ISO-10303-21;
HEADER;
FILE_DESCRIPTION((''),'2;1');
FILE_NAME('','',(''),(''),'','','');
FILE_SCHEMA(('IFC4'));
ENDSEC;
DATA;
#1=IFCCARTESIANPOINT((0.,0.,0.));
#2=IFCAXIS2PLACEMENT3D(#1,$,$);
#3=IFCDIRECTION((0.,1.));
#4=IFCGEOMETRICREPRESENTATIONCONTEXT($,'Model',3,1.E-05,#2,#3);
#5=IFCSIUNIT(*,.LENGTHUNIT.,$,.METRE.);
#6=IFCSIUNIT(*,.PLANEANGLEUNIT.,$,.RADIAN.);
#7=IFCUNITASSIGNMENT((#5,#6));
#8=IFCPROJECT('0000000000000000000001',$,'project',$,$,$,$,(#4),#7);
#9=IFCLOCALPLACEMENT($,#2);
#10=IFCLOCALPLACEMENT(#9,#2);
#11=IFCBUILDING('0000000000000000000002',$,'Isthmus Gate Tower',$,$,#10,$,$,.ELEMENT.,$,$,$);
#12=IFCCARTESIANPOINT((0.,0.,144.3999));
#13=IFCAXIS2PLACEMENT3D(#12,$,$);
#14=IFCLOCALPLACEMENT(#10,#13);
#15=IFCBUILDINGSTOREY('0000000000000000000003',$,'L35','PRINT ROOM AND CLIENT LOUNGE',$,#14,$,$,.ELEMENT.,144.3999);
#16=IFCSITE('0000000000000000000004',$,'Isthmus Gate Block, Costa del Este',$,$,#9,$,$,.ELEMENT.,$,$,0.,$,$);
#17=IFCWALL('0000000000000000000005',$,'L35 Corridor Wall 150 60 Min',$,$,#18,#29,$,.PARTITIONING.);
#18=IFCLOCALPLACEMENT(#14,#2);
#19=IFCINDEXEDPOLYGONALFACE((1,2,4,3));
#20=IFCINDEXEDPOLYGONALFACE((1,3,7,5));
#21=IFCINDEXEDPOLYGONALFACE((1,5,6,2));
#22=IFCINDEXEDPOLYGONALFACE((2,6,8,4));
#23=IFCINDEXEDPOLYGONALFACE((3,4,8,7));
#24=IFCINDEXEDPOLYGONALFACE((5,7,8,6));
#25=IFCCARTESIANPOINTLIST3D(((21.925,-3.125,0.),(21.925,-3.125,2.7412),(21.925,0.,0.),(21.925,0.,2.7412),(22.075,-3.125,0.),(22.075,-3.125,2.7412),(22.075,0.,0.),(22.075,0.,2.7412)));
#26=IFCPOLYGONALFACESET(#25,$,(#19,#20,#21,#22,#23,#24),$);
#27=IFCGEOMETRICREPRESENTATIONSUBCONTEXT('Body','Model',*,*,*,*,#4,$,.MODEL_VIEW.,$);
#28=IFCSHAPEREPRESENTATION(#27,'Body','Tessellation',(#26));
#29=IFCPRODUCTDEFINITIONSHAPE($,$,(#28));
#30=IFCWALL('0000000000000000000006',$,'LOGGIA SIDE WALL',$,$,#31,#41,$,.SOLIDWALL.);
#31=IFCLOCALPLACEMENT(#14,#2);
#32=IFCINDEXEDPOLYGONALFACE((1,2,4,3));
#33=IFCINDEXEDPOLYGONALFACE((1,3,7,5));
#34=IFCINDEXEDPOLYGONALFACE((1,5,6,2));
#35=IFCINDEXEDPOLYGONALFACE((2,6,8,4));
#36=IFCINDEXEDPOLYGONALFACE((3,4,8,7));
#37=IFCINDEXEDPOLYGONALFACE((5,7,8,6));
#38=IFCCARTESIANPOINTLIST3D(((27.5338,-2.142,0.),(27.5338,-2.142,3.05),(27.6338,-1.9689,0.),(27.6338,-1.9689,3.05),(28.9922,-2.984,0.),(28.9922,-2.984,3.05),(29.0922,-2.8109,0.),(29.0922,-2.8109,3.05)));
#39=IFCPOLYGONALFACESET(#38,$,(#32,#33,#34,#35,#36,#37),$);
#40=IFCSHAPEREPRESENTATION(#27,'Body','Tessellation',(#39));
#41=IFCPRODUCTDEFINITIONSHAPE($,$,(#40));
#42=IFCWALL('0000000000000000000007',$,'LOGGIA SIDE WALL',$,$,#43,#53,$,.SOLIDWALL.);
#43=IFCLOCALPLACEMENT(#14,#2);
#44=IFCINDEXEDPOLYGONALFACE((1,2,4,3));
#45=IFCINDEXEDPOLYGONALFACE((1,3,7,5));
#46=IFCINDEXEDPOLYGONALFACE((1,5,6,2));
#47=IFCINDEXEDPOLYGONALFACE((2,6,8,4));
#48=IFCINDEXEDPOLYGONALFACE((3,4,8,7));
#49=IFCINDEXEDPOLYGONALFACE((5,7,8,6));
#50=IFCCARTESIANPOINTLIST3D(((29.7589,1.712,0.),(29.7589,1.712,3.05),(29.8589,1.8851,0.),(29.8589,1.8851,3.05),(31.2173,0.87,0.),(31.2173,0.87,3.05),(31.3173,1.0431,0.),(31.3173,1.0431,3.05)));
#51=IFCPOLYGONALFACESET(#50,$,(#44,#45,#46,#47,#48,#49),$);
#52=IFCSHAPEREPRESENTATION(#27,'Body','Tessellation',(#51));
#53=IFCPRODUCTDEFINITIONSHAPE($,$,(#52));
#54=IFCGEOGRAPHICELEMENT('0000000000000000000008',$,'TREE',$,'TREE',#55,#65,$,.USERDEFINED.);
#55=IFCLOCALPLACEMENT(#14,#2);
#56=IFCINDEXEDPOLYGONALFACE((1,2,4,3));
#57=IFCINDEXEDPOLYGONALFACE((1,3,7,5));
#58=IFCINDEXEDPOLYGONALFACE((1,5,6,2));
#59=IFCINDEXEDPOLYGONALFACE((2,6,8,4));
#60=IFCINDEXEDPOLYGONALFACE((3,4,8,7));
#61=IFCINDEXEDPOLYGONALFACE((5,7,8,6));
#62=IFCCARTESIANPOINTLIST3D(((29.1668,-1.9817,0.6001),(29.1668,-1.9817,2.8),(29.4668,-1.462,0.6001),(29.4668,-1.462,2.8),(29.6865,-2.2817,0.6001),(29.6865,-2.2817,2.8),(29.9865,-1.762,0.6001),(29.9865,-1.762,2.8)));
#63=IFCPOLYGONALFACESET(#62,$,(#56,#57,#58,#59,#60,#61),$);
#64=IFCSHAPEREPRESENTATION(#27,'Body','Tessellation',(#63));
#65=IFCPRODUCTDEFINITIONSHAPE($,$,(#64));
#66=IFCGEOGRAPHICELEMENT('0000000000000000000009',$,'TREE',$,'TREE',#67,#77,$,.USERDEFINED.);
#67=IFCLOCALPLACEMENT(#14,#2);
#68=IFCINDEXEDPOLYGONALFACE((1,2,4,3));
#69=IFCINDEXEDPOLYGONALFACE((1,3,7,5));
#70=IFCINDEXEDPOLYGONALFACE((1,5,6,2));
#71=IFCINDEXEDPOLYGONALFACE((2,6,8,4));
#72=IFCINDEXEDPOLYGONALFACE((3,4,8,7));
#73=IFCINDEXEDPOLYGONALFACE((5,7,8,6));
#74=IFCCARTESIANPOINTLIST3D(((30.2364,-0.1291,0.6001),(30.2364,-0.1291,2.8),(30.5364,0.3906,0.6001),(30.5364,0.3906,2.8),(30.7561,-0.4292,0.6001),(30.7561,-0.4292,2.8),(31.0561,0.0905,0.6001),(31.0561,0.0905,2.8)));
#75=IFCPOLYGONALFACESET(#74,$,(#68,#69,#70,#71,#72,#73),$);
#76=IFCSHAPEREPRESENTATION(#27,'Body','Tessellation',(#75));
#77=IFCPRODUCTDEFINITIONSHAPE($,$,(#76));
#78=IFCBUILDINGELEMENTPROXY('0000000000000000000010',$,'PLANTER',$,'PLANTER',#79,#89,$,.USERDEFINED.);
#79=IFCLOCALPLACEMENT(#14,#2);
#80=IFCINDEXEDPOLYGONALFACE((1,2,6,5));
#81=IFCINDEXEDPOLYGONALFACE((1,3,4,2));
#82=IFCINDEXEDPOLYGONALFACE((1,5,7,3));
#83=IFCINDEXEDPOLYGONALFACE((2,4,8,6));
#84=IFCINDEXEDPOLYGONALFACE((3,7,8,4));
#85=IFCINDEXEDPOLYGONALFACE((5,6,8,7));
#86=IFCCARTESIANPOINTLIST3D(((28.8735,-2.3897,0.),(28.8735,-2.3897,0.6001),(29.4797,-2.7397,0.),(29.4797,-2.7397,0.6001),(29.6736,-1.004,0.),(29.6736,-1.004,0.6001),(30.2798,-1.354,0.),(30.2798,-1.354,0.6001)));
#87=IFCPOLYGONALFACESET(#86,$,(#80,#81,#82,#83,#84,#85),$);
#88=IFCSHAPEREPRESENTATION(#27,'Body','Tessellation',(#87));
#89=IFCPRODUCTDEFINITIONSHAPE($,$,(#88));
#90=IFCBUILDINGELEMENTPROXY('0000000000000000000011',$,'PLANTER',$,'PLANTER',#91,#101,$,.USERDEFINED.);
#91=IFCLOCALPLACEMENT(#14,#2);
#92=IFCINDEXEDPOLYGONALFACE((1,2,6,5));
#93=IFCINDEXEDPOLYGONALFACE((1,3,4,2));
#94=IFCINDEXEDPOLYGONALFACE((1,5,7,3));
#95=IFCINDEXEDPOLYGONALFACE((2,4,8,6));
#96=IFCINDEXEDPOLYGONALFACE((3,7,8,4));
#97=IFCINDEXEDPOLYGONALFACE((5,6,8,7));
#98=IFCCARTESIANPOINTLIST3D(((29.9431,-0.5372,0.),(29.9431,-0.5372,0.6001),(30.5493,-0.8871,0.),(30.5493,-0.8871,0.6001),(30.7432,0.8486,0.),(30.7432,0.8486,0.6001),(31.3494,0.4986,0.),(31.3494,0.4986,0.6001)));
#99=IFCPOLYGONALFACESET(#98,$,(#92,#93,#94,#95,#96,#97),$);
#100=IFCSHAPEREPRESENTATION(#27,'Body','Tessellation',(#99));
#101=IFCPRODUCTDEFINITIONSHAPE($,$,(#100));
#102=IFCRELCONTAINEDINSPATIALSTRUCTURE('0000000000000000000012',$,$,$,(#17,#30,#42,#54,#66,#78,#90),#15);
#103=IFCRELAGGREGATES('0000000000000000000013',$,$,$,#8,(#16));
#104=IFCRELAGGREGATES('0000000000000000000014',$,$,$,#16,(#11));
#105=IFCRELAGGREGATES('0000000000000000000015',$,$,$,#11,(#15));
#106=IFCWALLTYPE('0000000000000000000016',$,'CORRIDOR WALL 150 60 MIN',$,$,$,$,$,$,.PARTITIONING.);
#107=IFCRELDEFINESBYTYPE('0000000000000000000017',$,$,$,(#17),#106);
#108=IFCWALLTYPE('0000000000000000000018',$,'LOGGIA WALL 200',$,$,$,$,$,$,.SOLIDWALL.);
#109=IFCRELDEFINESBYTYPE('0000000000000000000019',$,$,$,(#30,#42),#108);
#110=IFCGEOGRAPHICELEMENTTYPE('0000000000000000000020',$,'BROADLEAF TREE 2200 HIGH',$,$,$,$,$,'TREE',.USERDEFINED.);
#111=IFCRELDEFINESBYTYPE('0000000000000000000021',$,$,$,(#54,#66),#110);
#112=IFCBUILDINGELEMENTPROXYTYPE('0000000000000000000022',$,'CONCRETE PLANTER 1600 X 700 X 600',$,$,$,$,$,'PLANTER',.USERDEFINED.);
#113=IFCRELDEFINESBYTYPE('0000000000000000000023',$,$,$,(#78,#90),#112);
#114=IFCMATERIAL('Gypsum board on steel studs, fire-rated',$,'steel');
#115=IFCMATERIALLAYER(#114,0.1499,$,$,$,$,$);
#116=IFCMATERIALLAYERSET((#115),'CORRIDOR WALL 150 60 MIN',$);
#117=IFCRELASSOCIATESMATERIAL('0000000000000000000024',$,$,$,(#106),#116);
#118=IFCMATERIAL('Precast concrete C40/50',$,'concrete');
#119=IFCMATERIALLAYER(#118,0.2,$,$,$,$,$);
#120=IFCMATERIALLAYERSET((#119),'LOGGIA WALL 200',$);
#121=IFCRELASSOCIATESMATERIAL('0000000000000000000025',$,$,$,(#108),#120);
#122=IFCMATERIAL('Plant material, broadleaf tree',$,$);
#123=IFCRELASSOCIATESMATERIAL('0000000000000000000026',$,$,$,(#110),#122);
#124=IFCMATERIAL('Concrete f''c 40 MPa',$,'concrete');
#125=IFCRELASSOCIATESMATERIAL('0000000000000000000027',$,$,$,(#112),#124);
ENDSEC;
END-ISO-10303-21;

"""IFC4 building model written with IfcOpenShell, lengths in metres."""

from ifc_helpers import new_model, si_unit, direction, frame, frame_2d, origin, origin_2d, place, context, subcontext, project, spatial, rectangle, extrude, material, layer, layer_set, type_object, element, save


model = new_model("IFC4")

# Units and contexts
model_context = context("Model", 3, precision=1e-05, world=origin(), true_north=direction((0.0, 1.0)))
body_context = subcontext(model_context, "Body", "Model", "MODEL_VIEW")
ifc_project = project(units=[si_unit("LENGTHUNIT", "METRE"), si_unit("PLANEANGLEUNIT", "RADIAN")], contexts=[model_context])

# Site, building, storey
site_placement = place(None, origin())
site = spatial("IfcSite", under=ifc_project, at=site_placement, Name="Isthmus Gate Block, Costa del Este", CompositionType="ELEMENT", RefElevation=0.0)
building_placement = place(site_placement, origin())
building = spatial("IfcBuilding", under=site, at=building_placement, Name="Isthmus Gate Tower", CompositionType="ELEMENT")
storey_placement = place(building_placement, frame((0.0, 0.0, 144.3999)))
storey = spatial("IfcBuildingStorey", under=building, at=storey_placement, Name="L35", Description="PRINT ROOM AND CLIENT LOUNGE", CompositionType="ELEMENT", Elevation=144.3999)

# Shared definitions
ifc_material_1 = material(Name="Gypsum board on steel studs, fire-rated", Category="steel")
ifc_layer_1 = layer(ifc_material_1, 0.1499)
ifc_layer_set_1 = layer_set([ifc_layer_1], Name="CORRIDOR WALL 150 60 MIN")
wall_type_1 = type_object("IfcWallType", Name="CORRIDOR WALL 150 60 MIN", PredefinedType="PARTITIONING", material=ifc_layer_set_1)

# Wall
wall_1_placement = place(storey_placement, frame((22.0, 0.0, 0.0), z_axis=(0.0, 0.0, 1.0), x_axis=(0.0, -1.0, 0.0)))
element("IfcWall", 1, at=wall_1_placement, inside=storey, type_object=wall_type_1, Name="L35 Corridor Wall 150 60 Min", PredefinedType="PARTITIONING", context=body_context, shape_type="SweptSolid", body=[
    extrude(rectangle(XDim=3.125, YDim=0.1499, at=frame_2d((1.5625, 0.0))), origin(), (0.0, 0.0, 1.0), 2.7412),
])

# Shared definitions
ifc_material_2 = material(Name="Precast concrete C40/50", Category="concrete")
ifc_layer_2 = layer(ifc_material_2, 0.2)
ifc_layer_set_2 = layer_set([ifc_layer_2], Name="LOGGIA WALL 200")
wall_type_2 = type_object("IfcWallType", Name="LOGGIA WALL 200", PredefinedType="SOLIDWALL", material=ifc_layer_set_2)

# Walls
for number, where, z_axis, x_axis, name in (
    (2, (29.0422, -2.8975, 0.0), (0.0, 0.0, 1.0), (-0.866031, 0.49999, 0.0), "LOGGIA SIDE WALL"),
    (3, (31.2673, 0.9565, 0.0), (0.0, 0.0, 1.0), (-0.866031, 0.49999, 0.0), "LOGGIA SIDE WALL"),
):
    element("IfcWall", number, at=place(storey_placement, frame(where, z_axis=z_axis, x_axis=x_axis)), inside=storey, type_object=wall_type_2, Name=name, PredefinedType="SOLIDWALL", context=body_context, shape_type="SweptSolid", body=[
        extrude(rectangle(XDim=1.6841, YDim=0.2, at=frame_2d((0.842, 0.0))), origin(), (0.0, 0.0, 1.0), 3.05),
    ])

# Geographic elements
ifc_material_3 = material(Name="Plant material, broadleaf tree")
geographic_element_type = type_object("IfcGeographicElementType", Name="BROADLEAF TREE 2200 HIGH", ElementType="TREE", PredefinedType="USERDEFINED", material=ifc_material_3)
for number, where, z_axis, x_axis, name in (
    (4, (29.5767, -1.8718, 0.6001), (0.0, 0.0, 1.0), (0.5, 0.866025, 0.0), "TREE"),
    (5, (30.6462, -0.0193, 0.6001), (0.0, 0.0, 1.0), (0.5, 0.866025, 0.0), "TREE"),
):
    element("IfcGeographicElement", number, at=place(storey_placement, frame(where, z_axis=z_axis, x_axis=x_axis)), inside=storey, type_object=geographic_element_type, Name=name, ObjectType="TREE", PredefinedType="USERDEFINED", context=body_context, shape_type="SweptSolid", body=[
        extrude(rectangle(XDim=0.6001, YDim=0.6001, at=origin_2d()), origin(), (0.0, 0.0, 1.0), 2.2),
    ])

# Building element proxies
ifc_material_4 = material(Name="Concrete f'c 40 MPa", Category="concrete")
building_element_proxy_type = type_object("IfcBuildingElementProxyType", Name="CONCRETE PLANTER 1600 X 700 X 600", ElementType="PLANTER", PredefinedType="USERDEFINED", material=ifc_material_4)
for number, where, z_axis, x_axis, name in (
    (6, (29.5767, -1.8718, 0.0), (0.0, 0.0, 1.0), (0.5, 0.866025, 0.0), "PLANTER"),
    (7, (30.6462, -0.0193, 0.0), (0.0, 0.0, 1.0), (0.5, 0.866025, 0.0), "PLANTER"),
):
    element("IfcBuildingElementProxy", number, at=place(storey_placement, frame(where, z_axis=z_axis, x_axis=x_axis)), inside=storey, type_object=building_element_proxy_type, Name=name, ObjectType="PLANTER", PredefinedType="USERDEFINED", context=body_context, shape_type="SweptSolid", body=[
        extrude(rectangle(XDim=1.6001, YDim=0.7, at=origin_2d()), origin(), (0.0, 0.0, 1.0), 0.6001),
    ])

save(model, "model.ifc")
